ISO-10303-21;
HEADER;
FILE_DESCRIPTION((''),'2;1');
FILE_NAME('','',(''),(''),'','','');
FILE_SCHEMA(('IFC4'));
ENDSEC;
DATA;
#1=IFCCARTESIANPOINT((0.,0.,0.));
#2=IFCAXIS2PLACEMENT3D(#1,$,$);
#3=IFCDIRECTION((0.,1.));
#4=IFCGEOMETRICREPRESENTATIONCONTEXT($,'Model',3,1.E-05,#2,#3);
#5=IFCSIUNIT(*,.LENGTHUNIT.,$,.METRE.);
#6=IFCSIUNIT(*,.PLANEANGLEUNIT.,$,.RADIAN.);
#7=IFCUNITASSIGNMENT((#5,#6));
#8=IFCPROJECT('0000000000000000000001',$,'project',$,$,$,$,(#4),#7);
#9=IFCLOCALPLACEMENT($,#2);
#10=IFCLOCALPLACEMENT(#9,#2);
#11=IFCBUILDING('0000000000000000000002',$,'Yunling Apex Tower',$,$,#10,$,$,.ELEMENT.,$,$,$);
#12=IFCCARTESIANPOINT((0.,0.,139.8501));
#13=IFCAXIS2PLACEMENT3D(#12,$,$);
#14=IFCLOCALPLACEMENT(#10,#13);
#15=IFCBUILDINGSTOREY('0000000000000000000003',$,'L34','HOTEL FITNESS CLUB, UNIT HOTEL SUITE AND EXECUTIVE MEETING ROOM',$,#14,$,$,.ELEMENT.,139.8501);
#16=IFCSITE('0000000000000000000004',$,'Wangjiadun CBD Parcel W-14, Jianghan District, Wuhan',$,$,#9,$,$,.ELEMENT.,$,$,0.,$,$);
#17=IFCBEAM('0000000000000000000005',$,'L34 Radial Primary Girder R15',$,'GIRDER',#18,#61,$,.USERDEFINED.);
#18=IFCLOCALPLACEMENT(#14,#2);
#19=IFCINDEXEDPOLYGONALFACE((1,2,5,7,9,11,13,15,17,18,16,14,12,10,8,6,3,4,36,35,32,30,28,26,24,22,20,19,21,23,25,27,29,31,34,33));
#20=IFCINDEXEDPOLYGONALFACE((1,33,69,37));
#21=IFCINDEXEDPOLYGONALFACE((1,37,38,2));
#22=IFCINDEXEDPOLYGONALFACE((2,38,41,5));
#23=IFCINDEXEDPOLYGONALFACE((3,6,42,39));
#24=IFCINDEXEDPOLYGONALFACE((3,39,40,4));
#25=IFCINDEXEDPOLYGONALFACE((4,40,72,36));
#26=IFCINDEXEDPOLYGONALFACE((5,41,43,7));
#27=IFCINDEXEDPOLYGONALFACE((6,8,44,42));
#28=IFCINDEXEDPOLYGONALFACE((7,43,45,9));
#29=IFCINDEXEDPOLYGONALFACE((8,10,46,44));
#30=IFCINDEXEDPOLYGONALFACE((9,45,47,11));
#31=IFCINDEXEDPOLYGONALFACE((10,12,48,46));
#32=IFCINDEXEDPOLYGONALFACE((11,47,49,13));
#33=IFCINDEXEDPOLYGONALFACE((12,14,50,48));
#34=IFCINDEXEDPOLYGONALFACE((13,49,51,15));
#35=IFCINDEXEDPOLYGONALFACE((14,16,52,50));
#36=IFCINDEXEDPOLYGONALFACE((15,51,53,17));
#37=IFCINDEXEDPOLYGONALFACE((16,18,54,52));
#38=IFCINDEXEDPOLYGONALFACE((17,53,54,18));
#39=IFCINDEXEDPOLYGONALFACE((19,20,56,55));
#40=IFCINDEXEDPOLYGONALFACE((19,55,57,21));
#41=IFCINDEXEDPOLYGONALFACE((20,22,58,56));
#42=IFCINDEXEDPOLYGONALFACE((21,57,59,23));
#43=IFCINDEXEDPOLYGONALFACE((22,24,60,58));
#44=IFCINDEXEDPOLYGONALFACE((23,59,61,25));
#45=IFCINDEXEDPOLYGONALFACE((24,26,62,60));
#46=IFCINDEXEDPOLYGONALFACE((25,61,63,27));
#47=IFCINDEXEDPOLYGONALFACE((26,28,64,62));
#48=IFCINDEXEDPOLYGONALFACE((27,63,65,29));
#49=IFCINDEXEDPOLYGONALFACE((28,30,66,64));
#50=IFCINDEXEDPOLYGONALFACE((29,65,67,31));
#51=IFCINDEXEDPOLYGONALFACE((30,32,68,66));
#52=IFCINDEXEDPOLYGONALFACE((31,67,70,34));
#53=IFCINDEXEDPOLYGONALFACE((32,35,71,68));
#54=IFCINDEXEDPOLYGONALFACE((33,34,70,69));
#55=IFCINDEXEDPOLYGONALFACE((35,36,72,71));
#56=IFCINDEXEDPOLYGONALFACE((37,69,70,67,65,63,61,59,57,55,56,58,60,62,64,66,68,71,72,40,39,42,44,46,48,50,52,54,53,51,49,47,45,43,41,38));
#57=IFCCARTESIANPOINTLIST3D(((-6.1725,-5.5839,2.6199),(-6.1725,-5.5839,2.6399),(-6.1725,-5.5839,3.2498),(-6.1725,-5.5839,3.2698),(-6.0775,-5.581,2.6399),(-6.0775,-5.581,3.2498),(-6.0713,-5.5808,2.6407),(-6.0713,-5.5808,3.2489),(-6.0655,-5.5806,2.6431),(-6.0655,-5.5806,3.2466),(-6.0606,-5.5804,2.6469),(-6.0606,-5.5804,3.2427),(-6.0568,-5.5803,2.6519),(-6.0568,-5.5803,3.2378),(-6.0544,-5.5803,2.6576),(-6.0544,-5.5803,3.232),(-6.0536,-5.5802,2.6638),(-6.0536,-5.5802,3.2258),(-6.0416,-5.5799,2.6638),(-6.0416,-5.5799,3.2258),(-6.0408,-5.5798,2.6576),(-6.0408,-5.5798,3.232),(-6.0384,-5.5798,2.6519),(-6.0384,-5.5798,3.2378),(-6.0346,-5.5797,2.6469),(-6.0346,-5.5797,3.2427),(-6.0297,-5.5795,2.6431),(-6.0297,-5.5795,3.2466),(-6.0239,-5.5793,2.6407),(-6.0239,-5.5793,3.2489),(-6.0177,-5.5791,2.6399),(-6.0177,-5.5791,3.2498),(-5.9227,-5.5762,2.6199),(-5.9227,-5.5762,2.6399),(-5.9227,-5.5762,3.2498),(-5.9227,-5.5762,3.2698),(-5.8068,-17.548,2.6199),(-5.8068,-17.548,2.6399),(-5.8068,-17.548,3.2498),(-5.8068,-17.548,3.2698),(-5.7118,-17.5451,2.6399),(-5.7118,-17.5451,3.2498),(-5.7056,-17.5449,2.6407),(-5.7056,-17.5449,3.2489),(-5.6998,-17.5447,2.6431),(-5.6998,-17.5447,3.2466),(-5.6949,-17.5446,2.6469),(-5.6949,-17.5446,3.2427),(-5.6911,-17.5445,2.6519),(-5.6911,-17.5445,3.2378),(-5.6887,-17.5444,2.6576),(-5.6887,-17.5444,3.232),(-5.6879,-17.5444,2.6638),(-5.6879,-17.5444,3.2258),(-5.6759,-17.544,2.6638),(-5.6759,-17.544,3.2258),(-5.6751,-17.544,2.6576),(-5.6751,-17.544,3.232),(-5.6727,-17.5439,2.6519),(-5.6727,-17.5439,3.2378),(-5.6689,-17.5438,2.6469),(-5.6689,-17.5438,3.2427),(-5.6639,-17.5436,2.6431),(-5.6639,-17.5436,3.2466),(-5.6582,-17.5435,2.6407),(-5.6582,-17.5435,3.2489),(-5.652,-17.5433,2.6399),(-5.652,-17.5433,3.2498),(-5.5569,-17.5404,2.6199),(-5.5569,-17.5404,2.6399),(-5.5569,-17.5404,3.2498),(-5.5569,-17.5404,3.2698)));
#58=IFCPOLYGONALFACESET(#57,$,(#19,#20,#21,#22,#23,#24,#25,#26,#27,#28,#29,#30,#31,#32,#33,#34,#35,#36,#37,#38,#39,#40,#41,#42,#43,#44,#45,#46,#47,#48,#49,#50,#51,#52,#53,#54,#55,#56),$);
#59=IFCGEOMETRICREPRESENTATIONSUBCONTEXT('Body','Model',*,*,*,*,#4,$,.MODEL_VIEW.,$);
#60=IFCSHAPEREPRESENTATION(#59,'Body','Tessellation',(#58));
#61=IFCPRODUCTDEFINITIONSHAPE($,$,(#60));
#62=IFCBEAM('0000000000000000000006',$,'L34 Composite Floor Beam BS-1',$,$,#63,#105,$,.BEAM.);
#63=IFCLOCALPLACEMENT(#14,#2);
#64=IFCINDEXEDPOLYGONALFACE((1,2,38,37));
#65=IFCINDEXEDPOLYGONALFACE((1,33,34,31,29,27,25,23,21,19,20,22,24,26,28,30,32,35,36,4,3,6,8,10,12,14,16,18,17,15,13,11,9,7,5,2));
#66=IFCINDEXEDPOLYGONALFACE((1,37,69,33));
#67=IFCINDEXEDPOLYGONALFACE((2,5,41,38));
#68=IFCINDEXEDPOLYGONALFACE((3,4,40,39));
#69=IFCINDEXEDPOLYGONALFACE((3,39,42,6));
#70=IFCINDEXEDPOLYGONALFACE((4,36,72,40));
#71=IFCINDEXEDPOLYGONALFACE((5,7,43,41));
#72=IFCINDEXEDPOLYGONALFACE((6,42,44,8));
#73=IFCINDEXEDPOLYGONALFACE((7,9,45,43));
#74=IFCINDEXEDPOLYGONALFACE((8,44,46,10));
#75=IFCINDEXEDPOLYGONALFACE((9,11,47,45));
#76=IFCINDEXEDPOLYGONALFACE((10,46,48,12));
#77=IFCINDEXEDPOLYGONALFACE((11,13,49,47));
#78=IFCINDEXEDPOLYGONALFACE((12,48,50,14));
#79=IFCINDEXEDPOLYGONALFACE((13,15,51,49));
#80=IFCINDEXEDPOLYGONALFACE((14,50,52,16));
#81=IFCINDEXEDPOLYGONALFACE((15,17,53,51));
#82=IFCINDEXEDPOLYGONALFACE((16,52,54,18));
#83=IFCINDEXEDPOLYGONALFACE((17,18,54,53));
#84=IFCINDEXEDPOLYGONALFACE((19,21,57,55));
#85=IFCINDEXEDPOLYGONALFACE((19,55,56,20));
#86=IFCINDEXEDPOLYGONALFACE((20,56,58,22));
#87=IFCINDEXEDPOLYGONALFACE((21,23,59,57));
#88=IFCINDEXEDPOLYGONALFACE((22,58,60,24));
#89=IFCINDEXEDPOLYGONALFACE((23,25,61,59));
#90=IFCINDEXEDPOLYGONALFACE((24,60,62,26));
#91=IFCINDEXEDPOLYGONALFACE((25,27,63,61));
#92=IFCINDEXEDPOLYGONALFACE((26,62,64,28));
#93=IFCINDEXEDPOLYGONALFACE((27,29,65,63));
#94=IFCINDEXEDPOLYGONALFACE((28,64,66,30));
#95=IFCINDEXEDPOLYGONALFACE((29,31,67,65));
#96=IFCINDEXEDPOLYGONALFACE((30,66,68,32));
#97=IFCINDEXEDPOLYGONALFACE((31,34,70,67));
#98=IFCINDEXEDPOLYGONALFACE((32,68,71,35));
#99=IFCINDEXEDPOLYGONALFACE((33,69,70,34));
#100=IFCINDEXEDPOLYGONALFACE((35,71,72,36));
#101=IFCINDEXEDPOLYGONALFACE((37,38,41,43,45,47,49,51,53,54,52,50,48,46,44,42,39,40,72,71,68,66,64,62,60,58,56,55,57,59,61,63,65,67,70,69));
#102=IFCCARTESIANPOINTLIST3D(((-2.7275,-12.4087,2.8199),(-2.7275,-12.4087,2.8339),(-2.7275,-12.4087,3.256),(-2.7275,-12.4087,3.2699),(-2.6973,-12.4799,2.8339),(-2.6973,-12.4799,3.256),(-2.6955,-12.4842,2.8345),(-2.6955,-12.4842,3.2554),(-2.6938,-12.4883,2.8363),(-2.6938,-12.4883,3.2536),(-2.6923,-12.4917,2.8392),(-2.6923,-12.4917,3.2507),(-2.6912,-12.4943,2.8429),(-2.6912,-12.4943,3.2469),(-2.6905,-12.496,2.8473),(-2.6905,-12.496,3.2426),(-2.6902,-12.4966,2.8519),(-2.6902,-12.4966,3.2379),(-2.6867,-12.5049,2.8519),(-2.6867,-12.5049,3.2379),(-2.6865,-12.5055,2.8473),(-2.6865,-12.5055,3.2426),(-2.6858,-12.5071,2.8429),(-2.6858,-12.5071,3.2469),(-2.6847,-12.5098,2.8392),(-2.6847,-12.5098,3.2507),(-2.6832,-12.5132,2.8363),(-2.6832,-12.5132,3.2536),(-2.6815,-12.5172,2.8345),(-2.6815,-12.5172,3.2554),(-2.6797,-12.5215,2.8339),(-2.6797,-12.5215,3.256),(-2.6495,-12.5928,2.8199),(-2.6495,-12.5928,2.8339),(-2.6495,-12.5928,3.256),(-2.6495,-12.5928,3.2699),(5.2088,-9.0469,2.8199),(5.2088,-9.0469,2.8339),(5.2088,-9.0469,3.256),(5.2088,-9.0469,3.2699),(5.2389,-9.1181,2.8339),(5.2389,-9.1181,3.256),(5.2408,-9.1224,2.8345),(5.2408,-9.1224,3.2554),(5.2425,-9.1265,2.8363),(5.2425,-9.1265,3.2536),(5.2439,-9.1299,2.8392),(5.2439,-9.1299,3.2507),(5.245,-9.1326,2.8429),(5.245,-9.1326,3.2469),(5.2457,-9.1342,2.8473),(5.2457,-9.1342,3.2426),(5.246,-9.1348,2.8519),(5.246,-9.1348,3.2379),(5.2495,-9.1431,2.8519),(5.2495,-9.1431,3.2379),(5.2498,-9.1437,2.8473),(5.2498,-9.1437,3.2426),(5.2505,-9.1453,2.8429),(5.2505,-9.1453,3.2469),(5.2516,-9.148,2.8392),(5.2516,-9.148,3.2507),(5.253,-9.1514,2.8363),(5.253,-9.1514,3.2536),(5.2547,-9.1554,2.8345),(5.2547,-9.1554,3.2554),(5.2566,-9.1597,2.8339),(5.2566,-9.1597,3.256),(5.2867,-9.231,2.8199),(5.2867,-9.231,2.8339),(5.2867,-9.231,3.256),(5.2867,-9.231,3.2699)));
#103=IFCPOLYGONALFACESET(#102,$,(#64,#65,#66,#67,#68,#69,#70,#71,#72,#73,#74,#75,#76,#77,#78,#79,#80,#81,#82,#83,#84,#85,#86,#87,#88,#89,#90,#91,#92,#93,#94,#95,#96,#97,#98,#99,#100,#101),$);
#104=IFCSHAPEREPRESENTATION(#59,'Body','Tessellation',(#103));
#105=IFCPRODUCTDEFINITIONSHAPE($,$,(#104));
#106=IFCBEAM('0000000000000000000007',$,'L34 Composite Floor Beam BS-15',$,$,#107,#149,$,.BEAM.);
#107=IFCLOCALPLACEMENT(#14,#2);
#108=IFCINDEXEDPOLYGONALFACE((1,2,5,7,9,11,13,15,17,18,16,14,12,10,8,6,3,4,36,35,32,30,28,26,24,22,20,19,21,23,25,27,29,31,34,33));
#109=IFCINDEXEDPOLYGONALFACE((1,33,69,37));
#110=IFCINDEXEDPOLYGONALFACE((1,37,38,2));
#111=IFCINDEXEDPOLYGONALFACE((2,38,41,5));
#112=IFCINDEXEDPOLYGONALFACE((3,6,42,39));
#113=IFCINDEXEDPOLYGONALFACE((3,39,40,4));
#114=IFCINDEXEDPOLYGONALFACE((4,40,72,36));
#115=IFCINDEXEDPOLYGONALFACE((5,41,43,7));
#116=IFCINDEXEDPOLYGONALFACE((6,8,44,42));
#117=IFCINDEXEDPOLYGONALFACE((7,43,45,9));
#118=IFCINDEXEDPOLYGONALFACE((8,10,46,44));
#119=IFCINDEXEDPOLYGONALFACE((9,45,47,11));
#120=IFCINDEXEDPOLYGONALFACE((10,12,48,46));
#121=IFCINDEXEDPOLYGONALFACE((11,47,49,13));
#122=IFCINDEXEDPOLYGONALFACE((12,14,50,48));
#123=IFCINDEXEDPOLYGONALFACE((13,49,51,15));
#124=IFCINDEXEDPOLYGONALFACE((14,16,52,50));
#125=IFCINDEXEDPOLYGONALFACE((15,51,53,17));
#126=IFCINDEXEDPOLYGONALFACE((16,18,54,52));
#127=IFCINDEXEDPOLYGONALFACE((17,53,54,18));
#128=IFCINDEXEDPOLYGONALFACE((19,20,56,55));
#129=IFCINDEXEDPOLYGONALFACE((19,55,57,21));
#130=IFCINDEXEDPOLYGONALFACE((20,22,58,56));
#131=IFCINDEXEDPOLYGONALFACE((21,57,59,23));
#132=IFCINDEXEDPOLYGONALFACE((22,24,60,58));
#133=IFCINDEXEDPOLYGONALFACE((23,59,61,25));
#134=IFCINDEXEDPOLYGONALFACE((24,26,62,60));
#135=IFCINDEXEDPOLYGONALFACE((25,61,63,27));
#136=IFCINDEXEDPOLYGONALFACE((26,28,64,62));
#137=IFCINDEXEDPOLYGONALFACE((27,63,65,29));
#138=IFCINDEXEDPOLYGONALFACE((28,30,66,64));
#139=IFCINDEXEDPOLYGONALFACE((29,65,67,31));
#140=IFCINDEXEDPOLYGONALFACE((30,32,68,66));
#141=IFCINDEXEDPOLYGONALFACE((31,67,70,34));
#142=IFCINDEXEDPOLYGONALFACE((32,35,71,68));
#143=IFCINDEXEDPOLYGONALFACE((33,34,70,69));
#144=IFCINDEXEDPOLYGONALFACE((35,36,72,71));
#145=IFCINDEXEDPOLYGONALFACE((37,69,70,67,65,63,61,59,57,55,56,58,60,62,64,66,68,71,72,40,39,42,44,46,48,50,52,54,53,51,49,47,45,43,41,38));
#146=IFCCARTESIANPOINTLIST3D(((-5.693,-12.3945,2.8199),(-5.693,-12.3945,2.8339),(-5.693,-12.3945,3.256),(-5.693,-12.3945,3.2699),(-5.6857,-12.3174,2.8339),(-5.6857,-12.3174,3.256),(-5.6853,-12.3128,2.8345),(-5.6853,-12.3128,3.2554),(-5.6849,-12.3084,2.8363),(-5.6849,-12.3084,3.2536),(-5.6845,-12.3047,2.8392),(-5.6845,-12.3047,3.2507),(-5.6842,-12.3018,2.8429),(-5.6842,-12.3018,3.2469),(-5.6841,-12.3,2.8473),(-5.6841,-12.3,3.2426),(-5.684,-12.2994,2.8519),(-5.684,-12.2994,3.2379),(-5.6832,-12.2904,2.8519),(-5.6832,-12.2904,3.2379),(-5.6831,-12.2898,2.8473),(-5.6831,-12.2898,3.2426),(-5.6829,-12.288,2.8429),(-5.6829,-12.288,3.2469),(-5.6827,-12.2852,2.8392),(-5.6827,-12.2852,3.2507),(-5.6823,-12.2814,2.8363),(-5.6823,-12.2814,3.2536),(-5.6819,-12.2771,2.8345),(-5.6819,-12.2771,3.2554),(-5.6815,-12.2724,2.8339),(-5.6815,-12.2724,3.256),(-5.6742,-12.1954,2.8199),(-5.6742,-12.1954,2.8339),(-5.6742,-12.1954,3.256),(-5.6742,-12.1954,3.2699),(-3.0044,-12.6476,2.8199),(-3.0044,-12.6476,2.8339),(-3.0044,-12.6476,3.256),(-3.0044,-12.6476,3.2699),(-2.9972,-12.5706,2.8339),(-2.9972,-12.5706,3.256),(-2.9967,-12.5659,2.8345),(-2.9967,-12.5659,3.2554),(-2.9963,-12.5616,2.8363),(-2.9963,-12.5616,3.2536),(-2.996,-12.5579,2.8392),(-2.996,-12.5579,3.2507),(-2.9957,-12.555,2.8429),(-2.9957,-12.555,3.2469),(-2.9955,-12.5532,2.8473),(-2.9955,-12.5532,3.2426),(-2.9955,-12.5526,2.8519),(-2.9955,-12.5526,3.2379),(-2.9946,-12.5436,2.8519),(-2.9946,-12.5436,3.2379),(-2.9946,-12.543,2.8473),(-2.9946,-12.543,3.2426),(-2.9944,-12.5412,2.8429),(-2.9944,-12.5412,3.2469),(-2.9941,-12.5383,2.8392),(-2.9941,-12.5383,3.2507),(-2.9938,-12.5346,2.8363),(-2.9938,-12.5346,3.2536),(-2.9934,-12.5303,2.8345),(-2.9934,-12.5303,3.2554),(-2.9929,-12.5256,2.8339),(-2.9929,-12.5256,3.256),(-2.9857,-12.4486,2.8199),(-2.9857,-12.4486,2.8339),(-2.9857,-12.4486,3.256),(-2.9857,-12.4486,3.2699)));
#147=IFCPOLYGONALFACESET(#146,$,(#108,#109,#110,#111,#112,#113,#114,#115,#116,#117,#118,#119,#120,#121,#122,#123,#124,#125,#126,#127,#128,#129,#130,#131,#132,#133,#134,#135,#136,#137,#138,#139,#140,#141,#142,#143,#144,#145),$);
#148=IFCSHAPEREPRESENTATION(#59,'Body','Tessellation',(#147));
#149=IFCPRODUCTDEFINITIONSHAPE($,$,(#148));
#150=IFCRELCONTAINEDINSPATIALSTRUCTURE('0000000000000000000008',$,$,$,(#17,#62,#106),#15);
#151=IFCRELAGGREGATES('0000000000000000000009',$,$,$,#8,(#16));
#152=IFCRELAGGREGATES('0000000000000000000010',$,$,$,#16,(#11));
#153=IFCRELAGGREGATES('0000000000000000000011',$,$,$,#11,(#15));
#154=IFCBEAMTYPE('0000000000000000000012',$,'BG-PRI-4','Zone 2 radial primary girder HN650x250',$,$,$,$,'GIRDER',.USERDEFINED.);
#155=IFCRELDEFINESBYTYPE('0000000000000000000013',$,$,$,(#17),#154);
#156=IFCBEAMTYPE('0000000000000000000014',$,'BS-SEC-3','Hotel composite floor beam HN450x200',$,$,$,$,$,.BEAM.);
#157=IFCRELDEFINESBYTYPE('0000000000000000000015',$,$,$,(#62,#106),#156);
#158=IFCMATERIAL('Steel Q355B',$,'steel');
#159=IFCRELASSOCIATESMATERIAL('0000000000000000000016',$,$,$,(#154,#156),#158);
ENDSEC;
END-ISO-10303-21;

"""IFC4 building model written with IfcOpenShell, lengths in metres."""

from ifc_helpers import new_model, si_unit, direction, frame, origin, origin_2d, place, context, subcontext, project, spatial, i_section, extrude, source, transform, mapped, material, material_profile, profile_set, type_object, element, save


model = new_model("IFC4")

# Units and contexts
model_context = context("Model", 3, precision=1e-05, world=origin(), true_north=direction((0.0, 1.0)))
body_context = subcontext(model_context, "Body", "Model", "MODEL_VIEW")
ifc_project = project(units=[si_unit("LENGTHUNIT", "METRE"), si_unit("PLANEANGLEUNIT", "RADIAN")], contexts=[model_context])

# Site, building, storey
site_placement = place(None, origin())
site = spatial("IfcSite", under=ifc_project, at=site_placement, Name="Wangjiadun CBD Parcel W-14, Jianghan District, Wuhan", CompositionType="ELEMENT", RefElevation=0.0)
building_placement = place(site_placement, origin())
building = spatial("IfcBuilding", under=site, at=building_placement, Name="Yunling Apex Tower", CompositionType="ELEMENT")
storey_placement = place(building_placement, frame((0.0, 0.0, 139.8501)))
storey = spatial("IfcBuildingStorey", under=building, at=storey_placement, Name="L34", Description="HOTEL FITNESS CLUB, UNIT HOTEL SUITE AND EXECUTIVE MEETING ROOM", CompositionType="ELEMENT", Elevation=139.8501)

# Beams
ifc_material_1 = material(Name="Steel Q355B", Category="steel")
ifc_material_profile_1 = material_profile(ifc_material_1, i_section(OverallWidth=0.25, OverallDepth=0.6499, WebThickness=0.012, FlangeThickness=0.02, FilletRadius=0.0239, at=origin_2d()))
ifc_profile_set_1 = profile_set([ifc_material_profile_1], Name="Steel Q355B")
beam_type_1 = type_object("IfcBeamType", Name="BG-PRI-4", Description="Zone 2 radial primary girder HN650x250", ElementType="GIRDER", PredefinedType="USERDEFINED", material=ifc_profile_set_1)
shared_shape_1 = source(origin(), body_context, "Body", "SweptSolid", [
    extrude(i_section(OverallWidth=0.25, OverallDepth=0.6499, WebThickness=0.012, FlangeThickness=0.02, FilletRadius=0.0239, at=origin_2d()), origin(), (0.0, 0.0, 1.0), 11.9697),
])
beam_1_placement = place(storey_placement, frame((-5.6819, -17.5442, 2.9448), z_axis=(-0.030554, 0.999533, 0.0), x_axis=(-0.999533, -0.030554, 0.0)))
element("IfcBeam", 1, at=beam_1_placement, inside=storey, type_object=beam_type_1, Name="L34 Radial Primary Girder R15", ObjectType="GIRDER", PredefinedType="USERDEFINED", context=body_context, shape_type="MappedRepresentation", body=[
    mapped(shared_shape_1, transform((0.0, 0.0, 0.0), scale=1.0)),
])
ifc_material_profile_2 = material_profile(ifc_material_1, i_section(OverallWidth=0.2, OverallDepth=0.45, WebThickness=0.009, FlangeThickness=0.0139, FilletRadius=0.0181, at=origin_2d()))
ifc_profile_set_2 = profile_set([ifc_material_profile_2], Name="Steel Q355B")
beam_type_2 = type_object("IfcBeamType", Name="BS-SEC-3", Description="Hotel composite floor beam HN450x200", PredefinedType="BEAM", material=ifc_profile_set_2)
shared_shape_2 = source(origin(), body_context, "Body", "SweptSolid", [
    extrude(i_section(OverallWidth=0.2, OverallDepth=0.45, WebThickness=0.009, FlangeThickness=0.0139, FilletRadius=0.0181, at=origin_2d()), origin(), (0.0, 0.0, 1.0), 8.6189),
])
beam_2_placement = place(storey_placement, frame((-2.6885, -12.5007, 3.0449), z_axis=(0.920794, 0.390049, 0.0), x_axis=(-0.390049, 0.920794, 0.0)))
element("IfcBeam", 2, at=beam_2_placement, inside=storey, type_object=beam_type_2, Name="L34 Composite Floor Beam BS-1", PredefinedType="BEAM", context=body_context, shape_type="MappedRepresentation", body=[
    mapped(shared_shape_2, transform((0.0, 0.0, 0.0), scale=1.0)),
])
shared_shape_3 = source(origin(), body_context, "Body", "SweptSolid", [
    extrude(i_section(OverallWidth=0.2, OverallDepth=0.45, WebThickness=0.009, FlangeThickness=0.0139, FilletRadius=0.0181, at=origin_2d()), origin(), (0.0, 0.0, 1.0), 2.7004),
])
beam_3_placement = place(storey_placement, frame((-5.6836, -12.2949, 3.0449), z_axis=(0.995595, -0.093755, 0.0), x_axis=(0.093755, 0.995595, 0.0)))
element("IfcBeam", 3, at=beam_3_placement, inside=storey, type_object=beam_type_2, Name="L34 Composite Floor Beam BS-15", PredefinedType="BEAM", context=body_context, shape_type="MappedRepresentation", body=[
    mapped(shared_shape_3, transform((0.0, 0.0, 0.0), scale=1.0)),
])

save(model, "model.ifc")
